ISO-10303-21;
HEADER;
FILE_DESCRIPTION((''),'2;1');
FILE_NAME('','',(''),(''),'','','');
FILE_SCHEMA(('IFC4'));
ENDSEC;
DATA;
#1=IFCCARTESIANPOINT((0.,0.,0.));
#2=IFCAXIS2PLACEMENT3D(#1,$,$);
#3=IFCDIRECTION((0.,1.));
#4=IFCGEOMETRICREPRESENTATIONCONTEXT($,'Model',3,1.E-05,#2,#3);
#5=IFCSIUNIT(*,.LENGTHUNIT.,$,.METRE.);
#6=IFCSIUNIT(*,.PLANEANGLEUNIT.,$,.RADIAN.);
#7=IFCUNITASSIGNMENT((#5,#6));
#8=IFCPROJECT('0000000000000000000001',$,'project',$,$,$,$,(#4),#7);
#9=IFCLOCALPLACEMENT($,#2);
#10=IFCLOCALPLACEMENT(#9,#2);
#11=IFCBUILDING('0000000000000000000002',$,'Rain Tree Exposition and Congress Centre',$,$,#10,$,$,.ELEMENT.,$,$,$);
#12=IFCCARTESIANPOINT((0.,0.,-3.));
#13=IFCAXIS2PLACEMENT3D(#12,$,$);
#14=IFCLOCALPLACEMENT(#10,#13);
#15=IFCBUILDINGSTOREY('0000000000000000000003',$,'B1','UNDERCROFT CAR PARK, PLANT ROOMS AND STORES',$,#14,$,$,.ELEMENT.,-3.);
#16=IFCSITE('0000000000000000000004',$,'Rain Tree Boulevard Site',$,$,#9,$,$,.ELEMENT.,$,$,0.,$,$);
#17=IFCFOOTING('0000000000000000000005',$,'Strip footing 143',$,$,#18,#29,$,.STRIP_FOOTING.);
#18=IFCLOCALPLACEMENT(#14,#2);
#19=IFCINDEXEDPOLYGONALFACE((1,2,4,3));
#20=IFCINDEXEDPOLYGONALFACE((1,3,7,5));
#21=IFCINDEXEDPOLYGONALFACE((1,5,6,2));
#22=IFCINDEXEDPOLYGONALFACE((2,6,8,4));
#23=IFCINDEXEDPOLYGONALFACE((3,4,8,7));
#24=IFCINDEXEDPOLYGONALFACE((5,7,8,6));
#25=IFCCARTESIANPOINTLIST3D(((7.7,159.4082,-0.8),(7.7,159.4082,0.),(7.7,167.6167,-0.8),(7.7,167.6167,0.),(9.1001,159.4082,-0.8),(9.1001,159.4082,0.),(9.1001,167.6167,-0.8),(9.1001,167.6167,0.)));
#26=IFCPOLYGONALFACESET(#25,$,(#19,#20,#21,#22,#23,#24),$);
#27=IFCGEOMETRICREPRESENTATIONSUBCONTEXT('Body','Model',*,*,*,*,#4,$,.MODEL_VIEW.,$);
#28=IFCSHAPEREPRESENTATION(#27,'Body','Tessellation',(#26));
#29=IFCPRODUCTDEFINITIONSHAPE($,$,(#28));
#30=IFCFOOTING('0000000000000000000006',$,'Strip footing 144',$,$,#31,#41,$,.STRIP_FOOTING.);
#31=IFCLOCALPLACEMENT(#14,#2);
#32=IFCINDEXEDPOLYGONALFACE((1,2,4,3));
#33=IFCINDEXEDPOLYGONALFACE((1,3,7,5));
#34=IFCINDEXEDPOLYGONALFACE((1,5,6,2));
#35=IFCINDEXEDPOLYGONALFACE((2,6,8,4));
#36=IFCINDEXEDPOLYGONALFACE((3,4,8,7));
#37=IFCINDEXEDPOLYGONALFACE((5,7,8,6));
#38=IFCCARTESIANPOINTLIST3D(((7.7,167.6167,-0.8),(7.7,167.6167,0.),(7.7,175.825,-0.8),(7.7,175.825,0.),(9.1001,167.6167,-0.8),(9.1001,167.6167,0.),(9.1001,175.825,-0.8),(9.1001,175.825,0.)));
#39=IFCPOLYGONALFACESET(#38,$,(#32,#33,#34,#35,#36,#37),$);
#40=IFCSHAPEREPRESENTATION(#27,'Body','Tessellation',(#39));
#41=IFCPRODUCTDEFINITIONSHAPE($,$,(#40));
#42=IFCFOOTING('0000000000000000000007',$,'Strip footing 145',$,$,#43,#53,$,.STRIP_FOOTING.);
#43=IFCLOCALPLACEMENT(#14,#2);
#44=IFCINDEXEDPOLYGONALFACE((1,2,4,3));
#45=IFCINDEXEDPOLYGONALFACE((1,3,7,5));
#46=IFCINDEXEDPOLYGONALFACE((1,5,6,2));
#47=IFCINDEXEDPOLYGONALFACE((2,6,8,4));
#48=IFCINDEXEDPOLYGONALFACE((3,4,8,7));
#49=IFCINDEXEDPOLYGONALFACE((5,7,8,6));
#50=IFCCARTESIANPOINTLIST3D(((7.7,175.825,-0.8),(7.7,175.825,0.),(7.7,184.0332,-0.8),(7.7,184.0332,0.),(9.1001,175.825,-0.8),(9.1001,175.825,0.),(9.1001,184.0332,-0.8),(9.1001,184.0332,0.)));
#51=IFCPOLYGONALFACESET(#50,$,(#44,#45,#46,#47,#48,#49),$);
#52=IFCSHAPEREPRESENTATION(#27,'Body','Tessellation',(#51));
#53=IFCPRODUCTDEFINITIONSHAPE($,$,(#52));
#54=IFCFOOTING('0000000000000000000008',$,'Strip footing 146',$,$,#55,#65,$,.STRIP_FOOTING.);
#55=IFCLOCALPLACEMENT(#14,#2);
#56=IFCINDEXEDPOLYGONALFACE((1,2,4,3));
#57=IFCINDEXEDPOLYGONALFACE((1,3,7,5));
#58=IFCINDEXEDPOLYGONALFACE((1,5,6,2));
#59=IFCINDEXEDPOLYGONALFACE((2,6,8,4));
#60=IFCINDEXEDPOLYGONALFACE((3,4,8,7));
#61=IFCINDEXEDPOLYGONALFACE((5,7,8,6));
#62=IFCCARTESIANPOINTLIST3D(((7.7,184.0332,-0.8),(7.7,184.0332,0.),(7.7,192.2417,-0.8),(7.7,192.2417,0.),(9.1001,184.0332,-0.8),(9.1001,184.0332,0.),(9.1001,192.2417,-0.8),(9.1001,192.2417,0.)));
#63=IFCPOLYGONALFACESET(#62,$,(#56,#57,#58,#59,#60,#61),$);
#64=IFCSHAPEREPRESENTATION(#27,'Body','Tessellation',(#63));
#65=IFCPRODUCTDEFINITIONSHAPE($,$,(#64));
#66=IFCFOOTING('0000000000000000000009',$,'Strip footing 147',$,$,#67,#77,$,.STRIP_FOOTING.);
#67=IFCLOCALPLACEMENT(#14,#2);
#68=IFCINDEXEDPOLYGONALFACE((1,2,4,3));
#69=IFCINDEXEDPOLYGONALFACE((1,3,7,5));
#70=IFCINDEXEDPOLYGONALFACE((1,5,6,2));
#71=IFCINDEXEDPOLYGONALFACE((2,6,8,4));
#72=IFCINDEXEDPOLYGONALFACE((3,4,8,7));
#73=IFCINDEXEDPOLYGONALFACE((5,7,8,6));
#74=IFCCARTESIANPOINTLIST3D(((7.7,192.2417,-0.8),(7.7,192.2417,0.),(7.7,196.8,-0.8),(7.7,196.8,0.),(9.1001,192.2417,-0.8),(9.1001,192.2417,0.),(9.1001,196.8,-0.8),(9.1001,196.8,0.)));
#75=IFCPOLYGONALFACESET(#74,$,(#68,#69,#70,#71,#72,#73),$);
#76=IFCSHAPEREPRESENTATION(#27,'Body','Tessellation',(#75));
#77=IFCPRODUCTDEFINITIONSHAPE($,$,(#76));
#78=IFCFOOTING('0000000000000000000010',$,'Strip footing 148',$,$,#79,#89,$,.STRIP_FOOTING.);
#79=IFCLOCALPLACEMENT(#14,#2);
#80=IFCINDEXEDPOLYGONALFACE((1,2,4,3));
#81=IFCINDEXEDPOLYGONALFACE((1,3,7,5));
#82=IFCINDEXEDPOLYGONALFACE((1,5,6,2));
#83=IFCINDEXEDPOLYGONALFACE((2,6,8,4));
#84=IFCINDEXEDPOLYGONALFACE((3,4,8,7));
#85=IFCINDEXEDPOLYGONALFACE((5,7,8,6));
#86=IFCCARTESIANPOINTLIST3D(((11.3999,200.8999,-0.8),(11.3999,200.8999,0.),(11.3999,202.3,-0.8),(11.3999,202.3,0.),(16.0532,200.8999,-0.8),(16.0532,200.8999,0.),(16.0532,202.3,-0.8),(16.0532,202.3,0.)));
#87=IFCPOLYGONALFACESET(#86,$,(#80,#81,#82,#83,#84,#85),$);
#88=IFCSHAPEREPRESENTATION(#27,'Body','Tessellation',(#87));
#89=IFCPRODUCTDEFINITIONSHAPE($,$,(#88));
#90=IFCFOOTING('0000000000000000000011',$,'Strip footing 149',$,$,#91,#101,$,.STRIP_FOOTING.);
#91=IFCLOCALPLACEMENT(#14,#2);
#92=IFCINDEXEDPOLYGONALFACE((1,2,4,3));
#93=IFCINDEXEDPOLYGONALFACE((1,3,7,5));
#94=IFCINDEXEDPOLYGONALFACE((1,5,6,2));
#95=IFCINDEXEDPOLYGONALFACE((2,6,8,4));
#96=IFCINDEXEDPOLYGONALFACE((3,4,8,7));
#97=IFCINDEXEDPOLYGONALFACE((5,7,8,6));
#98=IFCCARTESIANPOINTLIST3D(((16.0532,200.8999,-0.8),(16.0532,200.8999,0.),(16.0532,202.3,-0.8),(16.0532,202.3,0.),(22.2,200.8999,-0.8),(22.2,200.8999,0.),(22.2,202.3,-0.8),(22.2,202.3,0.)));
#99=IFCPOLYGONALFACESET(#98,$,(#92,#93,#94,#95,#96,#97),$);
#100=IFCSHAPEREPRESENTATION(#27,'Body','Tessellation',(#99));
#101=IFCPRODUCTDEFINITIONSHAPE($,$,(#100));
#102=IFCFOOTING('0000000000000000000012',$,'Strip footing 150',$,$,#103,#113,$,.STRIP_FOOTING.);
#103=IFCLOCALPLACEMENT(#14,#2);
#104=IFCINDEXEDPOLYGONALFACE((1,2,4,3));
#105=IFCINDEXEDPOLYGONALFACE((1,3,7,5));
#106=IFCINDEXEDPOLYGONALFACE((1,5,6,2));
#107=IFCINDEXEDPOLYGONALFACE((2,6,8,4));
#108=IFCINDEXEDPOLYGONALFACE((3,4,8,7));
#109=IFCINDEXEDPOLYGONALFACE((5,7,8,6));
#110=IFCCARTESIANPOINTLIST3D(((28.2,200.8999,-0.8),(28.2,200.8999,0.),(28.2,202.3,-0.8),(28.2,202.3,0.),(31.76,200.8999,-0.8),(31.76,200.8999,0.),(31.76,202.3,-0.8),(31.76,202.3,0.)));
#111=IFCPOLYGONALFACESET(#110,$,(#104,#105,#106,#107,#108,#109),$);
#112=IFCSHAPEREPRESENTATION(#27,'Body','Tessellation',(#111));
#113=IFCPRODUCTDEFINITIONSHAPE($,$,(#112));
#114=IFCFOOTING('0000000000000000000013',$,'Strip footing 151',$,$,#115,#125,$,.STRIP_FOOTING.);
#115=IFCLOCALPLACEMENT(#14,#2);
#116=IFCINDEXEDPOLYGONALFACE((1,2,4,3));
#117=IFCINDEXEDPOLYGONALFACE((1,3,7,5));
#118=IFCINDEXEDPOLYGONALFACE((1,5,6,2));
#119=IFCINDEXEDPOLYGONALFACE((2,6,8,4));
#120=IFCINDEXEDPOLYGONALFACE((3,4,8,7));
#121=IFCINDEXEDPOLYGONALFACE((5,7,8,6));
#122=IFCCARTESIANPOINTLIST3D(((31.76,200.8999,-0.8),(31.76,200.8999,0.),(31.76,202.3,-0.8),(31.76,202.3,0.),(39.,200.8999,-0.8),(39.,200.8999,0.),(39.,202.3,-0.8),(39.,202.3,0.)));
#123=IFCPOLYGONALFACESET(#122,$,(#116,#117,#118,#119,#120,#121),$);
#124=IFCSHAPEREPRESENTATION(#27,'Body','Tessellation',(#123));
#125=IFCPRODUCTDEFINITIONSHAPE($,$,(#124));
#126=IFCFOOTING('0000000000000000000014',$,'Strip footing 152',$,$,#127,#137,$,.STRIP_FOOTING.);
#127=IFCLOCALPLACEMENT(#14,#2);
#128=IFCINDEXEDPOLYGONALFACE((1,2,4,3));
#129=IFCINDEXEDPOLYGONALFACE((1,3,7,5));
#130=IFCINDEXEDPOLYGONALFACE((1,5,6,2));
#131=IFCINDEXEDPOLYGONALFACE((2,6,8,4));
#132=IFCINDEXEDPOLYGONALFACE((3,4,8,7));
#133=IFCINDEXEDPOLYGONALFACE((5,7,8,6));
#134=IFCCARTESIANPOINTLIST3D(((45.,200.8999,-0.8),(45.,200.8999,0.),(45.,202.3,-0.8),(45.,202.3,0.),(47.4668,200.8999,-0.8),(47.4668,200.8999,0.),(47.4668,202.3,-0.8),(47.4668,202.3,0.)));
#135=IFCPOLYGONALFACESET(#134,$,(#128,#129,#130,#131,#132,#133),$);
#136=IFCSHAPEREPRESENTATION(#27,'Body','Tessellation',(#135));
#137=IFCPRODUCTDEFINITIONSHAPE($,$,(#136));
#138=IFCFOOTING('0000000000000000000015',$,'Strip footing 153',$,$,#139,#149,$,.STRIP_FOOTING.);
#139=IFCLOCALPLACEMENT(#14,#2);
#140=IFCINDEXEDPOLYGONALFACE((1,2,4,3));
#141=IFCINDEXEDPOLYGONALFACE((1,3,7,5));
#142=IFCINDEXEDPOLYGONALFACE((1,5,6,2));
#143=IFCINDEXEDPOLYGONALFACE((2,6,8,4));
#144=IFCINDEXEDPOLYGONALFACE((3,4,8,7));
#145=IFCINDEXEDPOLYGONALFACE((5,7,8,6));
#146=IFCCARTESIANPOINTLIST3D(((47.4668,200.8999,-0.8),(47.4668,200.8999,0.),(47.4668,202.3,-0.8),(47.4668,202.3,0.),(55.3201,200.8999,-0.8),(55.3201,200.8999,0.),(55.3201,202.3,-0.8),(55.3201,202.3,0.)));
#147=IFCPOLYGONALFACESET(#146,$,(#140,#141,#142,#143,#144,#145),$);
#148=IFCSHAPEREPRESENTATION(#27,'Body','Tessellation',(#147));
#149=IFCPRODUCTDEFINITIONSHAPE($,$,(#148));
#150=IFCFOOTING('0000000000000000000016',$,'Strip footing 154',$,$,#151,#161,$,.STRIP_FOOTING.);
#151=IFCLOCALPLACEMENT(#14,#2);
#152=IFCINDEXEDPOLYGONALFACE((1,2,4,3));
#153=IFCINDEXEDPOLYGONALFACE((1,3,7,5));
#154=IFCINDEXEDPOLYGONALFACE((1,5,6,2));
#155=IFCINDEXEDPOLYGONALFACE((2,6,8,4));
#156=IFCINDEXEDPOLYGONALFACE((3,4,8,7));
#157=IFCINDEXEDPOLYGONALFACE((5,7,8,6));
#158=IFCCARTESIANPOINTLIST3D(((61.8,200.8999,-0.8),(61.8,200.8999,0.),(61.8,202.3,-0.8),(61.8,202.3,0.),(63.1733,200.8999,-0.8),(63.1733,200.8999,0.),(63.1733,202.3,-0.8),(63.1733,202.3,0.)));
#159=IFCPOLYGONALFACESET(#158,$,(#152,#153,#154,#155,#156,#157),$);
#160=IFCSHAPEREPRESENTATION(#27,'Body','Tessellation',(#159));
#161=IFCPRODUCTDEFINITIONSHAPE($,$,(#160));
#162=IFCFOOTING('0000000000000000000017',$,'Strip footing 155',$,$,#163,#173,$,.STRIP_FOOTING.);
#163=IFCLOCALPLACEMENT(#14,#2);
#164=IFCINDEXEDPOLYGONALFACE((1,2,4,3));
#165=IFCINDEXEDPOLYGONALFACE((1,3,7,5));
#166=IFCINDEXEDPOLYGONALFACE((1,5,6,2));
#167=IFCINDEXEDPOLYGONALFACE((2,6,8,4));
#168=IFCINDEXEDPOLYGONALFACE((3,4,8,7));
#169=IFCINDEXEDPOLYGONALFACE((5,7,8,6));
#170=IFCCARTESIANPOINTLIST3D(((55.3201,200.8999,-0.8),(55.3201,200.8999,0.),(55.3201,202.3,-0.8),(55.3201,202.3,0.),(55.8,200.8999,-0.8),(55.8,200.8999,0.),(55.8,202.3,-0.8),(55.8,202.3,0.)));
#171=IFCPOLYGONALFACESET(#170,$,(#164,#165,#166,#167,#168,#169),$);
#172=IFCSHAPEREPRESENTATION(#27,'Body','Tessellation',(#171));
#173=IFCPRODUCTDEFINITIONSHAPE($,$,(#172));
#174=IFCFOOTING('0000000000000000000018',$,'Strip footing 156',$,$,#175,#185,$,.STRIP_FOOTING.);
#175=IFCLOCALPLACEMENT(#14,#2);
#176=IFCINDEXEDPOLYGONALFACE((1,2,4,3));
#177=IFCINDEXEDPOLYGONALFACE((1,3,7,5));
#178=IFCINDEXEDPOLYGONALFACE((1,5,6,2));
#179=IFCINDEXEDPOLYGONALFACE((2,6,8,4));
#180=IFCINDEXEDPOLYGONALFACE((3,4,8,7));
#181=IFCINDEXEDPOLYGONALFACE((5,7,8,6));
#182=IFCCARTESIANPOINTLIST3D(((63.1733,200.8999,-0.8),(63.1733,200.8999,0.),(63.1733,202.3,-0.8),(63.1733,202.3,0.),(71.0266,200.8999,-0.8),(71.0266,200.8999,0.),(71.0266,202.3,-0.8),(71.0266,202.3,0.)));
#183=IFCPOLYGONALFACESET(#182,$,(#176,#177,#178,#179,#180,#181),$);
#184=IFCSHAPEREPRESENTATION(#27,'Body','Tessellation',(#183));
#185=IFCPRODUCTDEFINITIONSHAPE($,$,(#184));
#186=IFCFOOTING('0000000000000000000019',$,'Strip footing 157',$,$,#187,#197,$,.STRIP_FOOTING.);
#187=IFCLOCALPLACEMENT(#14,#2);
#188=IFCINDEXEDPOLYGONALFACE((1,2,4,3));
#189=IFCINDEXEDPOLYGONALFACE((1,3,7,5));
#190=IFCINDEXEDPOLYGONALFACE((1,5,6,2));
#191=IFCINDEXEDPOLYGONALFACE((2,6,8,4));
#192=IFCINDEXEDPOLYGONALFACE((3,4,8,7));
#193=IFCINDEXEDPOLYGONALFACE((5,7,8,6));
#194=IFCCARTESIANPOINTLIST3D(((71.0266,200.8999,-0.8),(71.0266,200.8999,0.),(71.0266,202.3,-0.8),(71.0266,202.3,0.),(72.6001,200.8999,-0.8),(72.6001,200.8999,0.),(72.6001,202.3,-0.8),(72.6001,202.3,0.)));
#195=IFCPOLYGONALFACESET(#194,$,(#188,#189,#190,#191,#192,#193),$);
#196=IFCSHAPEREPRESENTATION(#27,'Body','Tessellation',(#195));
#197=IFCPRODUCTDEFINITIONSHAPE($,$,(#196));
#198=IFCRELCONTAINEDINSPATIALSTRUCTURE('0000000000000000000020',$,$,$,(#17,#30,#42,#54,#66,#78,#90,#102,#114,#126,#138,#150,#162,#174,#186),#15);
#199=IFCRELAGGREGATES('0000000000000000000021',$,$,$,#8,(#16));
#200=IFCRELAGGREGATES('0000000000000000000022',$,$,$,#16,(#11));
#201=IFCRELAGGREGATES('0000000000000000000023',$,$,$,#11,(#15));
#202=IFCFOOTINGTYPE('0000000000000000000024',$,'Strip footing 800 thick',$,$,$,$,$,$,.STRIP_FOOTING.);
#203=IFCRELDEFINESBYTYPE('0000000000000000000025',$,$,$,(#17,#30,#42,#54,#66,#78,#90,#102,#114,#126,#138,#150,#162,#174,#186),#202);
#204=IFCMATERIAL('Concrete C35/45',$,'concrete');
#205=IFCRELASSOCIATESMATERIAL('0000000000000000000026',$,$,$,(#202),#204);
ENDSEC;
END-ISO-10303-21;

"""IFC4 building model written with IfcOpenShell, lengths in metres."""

from ifc_helpers import new_model, si_unit, direction, frame, origin, place, context, subcontext, project, spatial, polyline, outline, extrude, material, type_object, element, save


model = new_model("IFC4")

# Units and contexts
model_context = context("Model", 3, precision=1e-05, world=origin(), true_north=direction((0.0, 1.0)))
body_context = subcontext(model_context, "Body", "Model", "MODEL_VIEW")
ifc_project = project(units=[si_unit("LENGTHUNIT", "METRE"), si_unit("PLANEANGLEUNIT", "RADIAN")], contexts=[model_context])

# Site, building, storey
site_placement = place(None, origin())
site = spatial("IfcSite", under=ifc_project, at=site_placement, Name="Rain Tree Boulevard Site", CompositionType="ELEMENT", RefElevation=0.0)
building_placement = place(site_placement, origin())
building = spatial("IfcBuilding", under=site, at=building_placement, Name="Rain Tree Exposition and Congress Centre", CompositionType="ELEMENT")
storey_placement = place(building_placement, frame((0.0, 0.0, -3.0)))
storey = spatial("IfcBuildingStorey", under=building, at=storey_placement, Name="B1", Description="UNDERCROFT CAR PARK, PLANT ROOMS AND STORES", CompositionType="ELEMENT", Elevation=-3.0)

# Footings
ifc_material = material(Name="Concrete C35/45", Category="concrete")
footing_type = type_object("IfcFootingType", Name="Strip footing 800 thick", PredefinedType="STRIP_FOOTING", material=ifc_material)
footing_1_placement = place(storey_placement, frame((0.0, 0.0, -0.8)))
element("IfcFooting", 1, at=footing_1_placement, inside=storey, type_object=footing_type, Name="Strip footing 143", PredefinedType="STRIP_FOOTING", context=body_context, shape_type="SweptSolid", body=[
    extrude(outline(polyline([(9.1001, 159.4082), (9.1001, 167.6167), (7.7, 167.6167), (7.7, 159.4082), (9.1001, 159.4082)])), origin(), (0.0, 0.0, 1.0), 0.8),
])
footing_2_placement = place(storey_placement, frame((0.0, 0.0, -0.8)))
element("IfcFooting", 2, at=footing_2_placement, inside=storey, type_object=footing_type, Name="Strip footing 144", PredefinedType="STRIP_FOOTING", context=body_context, shape_type="SweptSolid", body=[
    extrude(outline(polyline([(9.1001, 167.6167), (9.1001, 175.825), (7.7, 175.825), (7.7, 167.6167), (9.1001, 167.6167)])), origin(), (0.0, 0.0, 1.0), 0.8),
])
footing_3_placement = place(storey_placement, frame((0.0, 0.0, -0.8)))
element("IfcFooting", 3, at=footing_3_placement, inside=storey, type_object=footing_type, Name="Strip footing 145", PredefinedType="STRIP_FOOTING", context=body_context, shape_type="SweptSolid", body=[
    extrude(outline(polyline([(9.1001, 175.825), (9.1001, 184.0332), (7.7, 184.0332), (7.7, 175.825), (9.1001, 175.825)])), origin(), (0.0, 0.0, 1.0), 0.8),
])
footing_4_placement = place(storey_placement, frame((0.0, 0.0, -0.8)))
element("IfcFooting", 4, at=footing_4_placement, inside=storey, type_object=footing_type, Name="Strip footing 146", PredefinedType="STRIP_FOOTING", context=body_context, shape_type="SweptSolid", body=[
    extrude(outline(polyline([(9.1001, 184.0332), (9.1001, 192.2417), (7.7, 192.2417), (7.7, 184.0332), (9.1001, 184.0332)])), origin(), (0.0, 0.0, 1.0), 0.8),
])
footing_5_placement = place(storey_placement, frame((0.0, 0.0, -0.8)))
element("IfcFooting", 5, at=footing_5_placement, inside=storey, type_object=footing_type, Name="Strip footing 147", PredefinedType="STRIP_FOOTING", context=body_context, shape_type="SweptSolid", body=[
    extrude(outline(polyline([(7.7, 192.2417), (9.1001, 192.2417), (9.1001, 196.8), (7.7, 196.8), (7.7, 192.2417)])), origin(), (0.0, 0.0, 1.0), 0.8),
])
footing_6_placement = place(storey_placement, frame((0.0, 0.0, -0.8)))
element("IfcFooting", 6, at=footing_6_placement, inside=storey, type_object=footing_type, Name="Strip footing 148", PredefinedType="STRIP_FOOTING", context=body_context, shape_type="SweptSolid", body=[
    extrude(outline(polyline([(11.3999, 200.8999), (16.0532, 200.8999), (16.0532, 202.3), (11.3999, 202.3), (11.3999, 200.8999)])), origin(), (0.0, 0.0, 1.0), 0.8),
])
footing_7_placement = place(storey_placement, frame((0.0, 0.0, -0.8)))
element("IfcFooting", 7, at=footing_7_placement, inside=storey, type_object=footing_type, Name="Strip footing 149", PredefinedType="STRIP_FOOTING", context=body_context, shape_type="SweptSolid", body=[
    extrude(outline(polyline([(16.0532, 202.3), (16.0532, 200.8999), (22.2, 200.8999), (22.2, 202.3), (16.0532, 202.3)])), origin(), (0.0, 0.0, 1.0), 0.8),
])
footing_8_placement = place(storey_placement, frame((0.0, 0.0, -0.8)))
element("IfcFooting", 8, at=footing_8_placement, inside=storey, type_object=footing_type, Name="Strip footing 150", PredefinedType="STRIP_FOOTING", context=body_context, shape_type="SweptSolid", body=[
    extrude(outline(polyline([(28.2, 200.8999), (31.76, 200.8999), (31.76, 202.3), (28.2, 202.3), (28.2, 200.8999)])), origin(), (0.0, 0.0, 1.0), 0.8),
])
footing_9_placement = place(storey_placement, frame((0.0, 0.0, -0.8)))
element("IfcFooting", 9, at=footing_9_placement, inside=storey, type_object=footing_type, Name="Strip footing 151", PredefinedType="STRIP_FOOTING", context=body_context, shape_type="SweptSolid", body=[
    extrude(outline(polyline([(31.76, 202.3), (31.76, 200.8999), (39.0, 200.8999), (39.0, 202.3), (31.76, 202.3)])), origin(), (0.0, 0.0, 1.0), 0.8),
])
footing_10_placement = place(storey_placement, frame((0.0, 0.0, -0.8)))
element("IfcFooting", 10, at=footing_10_placement, inside=storey, type_object=footing_type, Name="Strip footing 152", PredefinedType="STRIP_FOOTING", context=body_context, shape_type="SweptSolid", body=[
    extrude(outline(polyline([(45.0, 200.8999), (47.4668, 200.8999), (47.4668, 202.3), (45.0, 202.3), (45.0, 200.8999)])), origin(), (0.0, 0.0, 1.0), 0.8),
])
footing_11_placement = place(storey_placement, frame((0.0, 0.0, -0.8)))
element("IfcFooting", 11, at=footing_11_placement, inside=storey, type_object=footing_type, Name="Strip footing 153", PredefinedType="STRIP_FOOTING", context=body_context, shape_type="SweptSolid", body=[
    extrude(outline(polyline([(47.4668, 200.8999), (55.3201, 200.8999), (55.3201, 202.3), (47.4668, 202.3), (47.4668, 200.8999)])), origin(), (0.0, 0.0, 1.0), 0.8),
])
footing_12_placement = place(storey_placement, frame((0.0, 0.0, -0.8)))
element("IfcFooting", 12, at=footing_12_placement, inside=storey, type_object=footing_type, Name="Strip footing 154", PredefinedType="STRIP_FOOTING", context=body_context, shape_type="SweptSolid", body=[
    extrude(outline(polyline([(61.8, 200.8999), (63.1733, 200.8999), (63.1733, 202.3), (61.8, 202.3), (61.8, 200.8999)])), origin(), (0.0, 0.0, 1.0), 0.8),
])
footing_13_placement = place(storey_placement, frame((0.0, 0.0, -0.8)))
element("IfcFooting", 13, at=footing_13_placement, inside=storey, type_object=footing_type, Name="Strip footing 155", PredefinedType="STRIP_FOOTING", context=body_context, shape_type="SweptSolid", body=[
    extrude(outline(polyline([(55.3201, 202.3), (55.3201, 200.8999), (55.8, 200.8999), (55.8, 202.3), (55.3201, 202.3)])), origin(), (0.0, 0.0, 1.0), 0.8),
])
footing_14_placement = place(storey_placement, frame((0.0, 0.0, -0.8)))
element("IfcFooting", 14, at=footing_14_placement, inside=storey, type_object=footing_type, Name="Strip footing 156", PredefinedType="STRIP_FOOTING", context=body_context, shape_type="SweptSolid", body=[
    extrude(outline(polyline([(63.1733, 200.8999), (71.0266, 200.8999), (71.0266, 202.3), (63.1733, 202.3), (63.1733, 200.8999)])), origin(), (0.0, 0.0, 1.0), 0.8),
])
footing_15_placement = place(storey_placement, frame((0.0, 0.0, -0.8)))
element("IfcFooting", 15, at=footing_15_placement, inside=storey, type_object=footing_type, Name="Strip footing 157", PredefinedType="STRIP_FOOTING", context=body_context, shape_type="SweptSolid", body=[
    extrude(outline(polyline([(71.0266, 202.3), (71.0266, 200.8999), (72.6001, 200.8999), (72.6001, 202.3), (71.0266, 202.3)])), origin(), (0.0, 0.0, 1.0), 0.8),
])

save(model, "model.ifc")
